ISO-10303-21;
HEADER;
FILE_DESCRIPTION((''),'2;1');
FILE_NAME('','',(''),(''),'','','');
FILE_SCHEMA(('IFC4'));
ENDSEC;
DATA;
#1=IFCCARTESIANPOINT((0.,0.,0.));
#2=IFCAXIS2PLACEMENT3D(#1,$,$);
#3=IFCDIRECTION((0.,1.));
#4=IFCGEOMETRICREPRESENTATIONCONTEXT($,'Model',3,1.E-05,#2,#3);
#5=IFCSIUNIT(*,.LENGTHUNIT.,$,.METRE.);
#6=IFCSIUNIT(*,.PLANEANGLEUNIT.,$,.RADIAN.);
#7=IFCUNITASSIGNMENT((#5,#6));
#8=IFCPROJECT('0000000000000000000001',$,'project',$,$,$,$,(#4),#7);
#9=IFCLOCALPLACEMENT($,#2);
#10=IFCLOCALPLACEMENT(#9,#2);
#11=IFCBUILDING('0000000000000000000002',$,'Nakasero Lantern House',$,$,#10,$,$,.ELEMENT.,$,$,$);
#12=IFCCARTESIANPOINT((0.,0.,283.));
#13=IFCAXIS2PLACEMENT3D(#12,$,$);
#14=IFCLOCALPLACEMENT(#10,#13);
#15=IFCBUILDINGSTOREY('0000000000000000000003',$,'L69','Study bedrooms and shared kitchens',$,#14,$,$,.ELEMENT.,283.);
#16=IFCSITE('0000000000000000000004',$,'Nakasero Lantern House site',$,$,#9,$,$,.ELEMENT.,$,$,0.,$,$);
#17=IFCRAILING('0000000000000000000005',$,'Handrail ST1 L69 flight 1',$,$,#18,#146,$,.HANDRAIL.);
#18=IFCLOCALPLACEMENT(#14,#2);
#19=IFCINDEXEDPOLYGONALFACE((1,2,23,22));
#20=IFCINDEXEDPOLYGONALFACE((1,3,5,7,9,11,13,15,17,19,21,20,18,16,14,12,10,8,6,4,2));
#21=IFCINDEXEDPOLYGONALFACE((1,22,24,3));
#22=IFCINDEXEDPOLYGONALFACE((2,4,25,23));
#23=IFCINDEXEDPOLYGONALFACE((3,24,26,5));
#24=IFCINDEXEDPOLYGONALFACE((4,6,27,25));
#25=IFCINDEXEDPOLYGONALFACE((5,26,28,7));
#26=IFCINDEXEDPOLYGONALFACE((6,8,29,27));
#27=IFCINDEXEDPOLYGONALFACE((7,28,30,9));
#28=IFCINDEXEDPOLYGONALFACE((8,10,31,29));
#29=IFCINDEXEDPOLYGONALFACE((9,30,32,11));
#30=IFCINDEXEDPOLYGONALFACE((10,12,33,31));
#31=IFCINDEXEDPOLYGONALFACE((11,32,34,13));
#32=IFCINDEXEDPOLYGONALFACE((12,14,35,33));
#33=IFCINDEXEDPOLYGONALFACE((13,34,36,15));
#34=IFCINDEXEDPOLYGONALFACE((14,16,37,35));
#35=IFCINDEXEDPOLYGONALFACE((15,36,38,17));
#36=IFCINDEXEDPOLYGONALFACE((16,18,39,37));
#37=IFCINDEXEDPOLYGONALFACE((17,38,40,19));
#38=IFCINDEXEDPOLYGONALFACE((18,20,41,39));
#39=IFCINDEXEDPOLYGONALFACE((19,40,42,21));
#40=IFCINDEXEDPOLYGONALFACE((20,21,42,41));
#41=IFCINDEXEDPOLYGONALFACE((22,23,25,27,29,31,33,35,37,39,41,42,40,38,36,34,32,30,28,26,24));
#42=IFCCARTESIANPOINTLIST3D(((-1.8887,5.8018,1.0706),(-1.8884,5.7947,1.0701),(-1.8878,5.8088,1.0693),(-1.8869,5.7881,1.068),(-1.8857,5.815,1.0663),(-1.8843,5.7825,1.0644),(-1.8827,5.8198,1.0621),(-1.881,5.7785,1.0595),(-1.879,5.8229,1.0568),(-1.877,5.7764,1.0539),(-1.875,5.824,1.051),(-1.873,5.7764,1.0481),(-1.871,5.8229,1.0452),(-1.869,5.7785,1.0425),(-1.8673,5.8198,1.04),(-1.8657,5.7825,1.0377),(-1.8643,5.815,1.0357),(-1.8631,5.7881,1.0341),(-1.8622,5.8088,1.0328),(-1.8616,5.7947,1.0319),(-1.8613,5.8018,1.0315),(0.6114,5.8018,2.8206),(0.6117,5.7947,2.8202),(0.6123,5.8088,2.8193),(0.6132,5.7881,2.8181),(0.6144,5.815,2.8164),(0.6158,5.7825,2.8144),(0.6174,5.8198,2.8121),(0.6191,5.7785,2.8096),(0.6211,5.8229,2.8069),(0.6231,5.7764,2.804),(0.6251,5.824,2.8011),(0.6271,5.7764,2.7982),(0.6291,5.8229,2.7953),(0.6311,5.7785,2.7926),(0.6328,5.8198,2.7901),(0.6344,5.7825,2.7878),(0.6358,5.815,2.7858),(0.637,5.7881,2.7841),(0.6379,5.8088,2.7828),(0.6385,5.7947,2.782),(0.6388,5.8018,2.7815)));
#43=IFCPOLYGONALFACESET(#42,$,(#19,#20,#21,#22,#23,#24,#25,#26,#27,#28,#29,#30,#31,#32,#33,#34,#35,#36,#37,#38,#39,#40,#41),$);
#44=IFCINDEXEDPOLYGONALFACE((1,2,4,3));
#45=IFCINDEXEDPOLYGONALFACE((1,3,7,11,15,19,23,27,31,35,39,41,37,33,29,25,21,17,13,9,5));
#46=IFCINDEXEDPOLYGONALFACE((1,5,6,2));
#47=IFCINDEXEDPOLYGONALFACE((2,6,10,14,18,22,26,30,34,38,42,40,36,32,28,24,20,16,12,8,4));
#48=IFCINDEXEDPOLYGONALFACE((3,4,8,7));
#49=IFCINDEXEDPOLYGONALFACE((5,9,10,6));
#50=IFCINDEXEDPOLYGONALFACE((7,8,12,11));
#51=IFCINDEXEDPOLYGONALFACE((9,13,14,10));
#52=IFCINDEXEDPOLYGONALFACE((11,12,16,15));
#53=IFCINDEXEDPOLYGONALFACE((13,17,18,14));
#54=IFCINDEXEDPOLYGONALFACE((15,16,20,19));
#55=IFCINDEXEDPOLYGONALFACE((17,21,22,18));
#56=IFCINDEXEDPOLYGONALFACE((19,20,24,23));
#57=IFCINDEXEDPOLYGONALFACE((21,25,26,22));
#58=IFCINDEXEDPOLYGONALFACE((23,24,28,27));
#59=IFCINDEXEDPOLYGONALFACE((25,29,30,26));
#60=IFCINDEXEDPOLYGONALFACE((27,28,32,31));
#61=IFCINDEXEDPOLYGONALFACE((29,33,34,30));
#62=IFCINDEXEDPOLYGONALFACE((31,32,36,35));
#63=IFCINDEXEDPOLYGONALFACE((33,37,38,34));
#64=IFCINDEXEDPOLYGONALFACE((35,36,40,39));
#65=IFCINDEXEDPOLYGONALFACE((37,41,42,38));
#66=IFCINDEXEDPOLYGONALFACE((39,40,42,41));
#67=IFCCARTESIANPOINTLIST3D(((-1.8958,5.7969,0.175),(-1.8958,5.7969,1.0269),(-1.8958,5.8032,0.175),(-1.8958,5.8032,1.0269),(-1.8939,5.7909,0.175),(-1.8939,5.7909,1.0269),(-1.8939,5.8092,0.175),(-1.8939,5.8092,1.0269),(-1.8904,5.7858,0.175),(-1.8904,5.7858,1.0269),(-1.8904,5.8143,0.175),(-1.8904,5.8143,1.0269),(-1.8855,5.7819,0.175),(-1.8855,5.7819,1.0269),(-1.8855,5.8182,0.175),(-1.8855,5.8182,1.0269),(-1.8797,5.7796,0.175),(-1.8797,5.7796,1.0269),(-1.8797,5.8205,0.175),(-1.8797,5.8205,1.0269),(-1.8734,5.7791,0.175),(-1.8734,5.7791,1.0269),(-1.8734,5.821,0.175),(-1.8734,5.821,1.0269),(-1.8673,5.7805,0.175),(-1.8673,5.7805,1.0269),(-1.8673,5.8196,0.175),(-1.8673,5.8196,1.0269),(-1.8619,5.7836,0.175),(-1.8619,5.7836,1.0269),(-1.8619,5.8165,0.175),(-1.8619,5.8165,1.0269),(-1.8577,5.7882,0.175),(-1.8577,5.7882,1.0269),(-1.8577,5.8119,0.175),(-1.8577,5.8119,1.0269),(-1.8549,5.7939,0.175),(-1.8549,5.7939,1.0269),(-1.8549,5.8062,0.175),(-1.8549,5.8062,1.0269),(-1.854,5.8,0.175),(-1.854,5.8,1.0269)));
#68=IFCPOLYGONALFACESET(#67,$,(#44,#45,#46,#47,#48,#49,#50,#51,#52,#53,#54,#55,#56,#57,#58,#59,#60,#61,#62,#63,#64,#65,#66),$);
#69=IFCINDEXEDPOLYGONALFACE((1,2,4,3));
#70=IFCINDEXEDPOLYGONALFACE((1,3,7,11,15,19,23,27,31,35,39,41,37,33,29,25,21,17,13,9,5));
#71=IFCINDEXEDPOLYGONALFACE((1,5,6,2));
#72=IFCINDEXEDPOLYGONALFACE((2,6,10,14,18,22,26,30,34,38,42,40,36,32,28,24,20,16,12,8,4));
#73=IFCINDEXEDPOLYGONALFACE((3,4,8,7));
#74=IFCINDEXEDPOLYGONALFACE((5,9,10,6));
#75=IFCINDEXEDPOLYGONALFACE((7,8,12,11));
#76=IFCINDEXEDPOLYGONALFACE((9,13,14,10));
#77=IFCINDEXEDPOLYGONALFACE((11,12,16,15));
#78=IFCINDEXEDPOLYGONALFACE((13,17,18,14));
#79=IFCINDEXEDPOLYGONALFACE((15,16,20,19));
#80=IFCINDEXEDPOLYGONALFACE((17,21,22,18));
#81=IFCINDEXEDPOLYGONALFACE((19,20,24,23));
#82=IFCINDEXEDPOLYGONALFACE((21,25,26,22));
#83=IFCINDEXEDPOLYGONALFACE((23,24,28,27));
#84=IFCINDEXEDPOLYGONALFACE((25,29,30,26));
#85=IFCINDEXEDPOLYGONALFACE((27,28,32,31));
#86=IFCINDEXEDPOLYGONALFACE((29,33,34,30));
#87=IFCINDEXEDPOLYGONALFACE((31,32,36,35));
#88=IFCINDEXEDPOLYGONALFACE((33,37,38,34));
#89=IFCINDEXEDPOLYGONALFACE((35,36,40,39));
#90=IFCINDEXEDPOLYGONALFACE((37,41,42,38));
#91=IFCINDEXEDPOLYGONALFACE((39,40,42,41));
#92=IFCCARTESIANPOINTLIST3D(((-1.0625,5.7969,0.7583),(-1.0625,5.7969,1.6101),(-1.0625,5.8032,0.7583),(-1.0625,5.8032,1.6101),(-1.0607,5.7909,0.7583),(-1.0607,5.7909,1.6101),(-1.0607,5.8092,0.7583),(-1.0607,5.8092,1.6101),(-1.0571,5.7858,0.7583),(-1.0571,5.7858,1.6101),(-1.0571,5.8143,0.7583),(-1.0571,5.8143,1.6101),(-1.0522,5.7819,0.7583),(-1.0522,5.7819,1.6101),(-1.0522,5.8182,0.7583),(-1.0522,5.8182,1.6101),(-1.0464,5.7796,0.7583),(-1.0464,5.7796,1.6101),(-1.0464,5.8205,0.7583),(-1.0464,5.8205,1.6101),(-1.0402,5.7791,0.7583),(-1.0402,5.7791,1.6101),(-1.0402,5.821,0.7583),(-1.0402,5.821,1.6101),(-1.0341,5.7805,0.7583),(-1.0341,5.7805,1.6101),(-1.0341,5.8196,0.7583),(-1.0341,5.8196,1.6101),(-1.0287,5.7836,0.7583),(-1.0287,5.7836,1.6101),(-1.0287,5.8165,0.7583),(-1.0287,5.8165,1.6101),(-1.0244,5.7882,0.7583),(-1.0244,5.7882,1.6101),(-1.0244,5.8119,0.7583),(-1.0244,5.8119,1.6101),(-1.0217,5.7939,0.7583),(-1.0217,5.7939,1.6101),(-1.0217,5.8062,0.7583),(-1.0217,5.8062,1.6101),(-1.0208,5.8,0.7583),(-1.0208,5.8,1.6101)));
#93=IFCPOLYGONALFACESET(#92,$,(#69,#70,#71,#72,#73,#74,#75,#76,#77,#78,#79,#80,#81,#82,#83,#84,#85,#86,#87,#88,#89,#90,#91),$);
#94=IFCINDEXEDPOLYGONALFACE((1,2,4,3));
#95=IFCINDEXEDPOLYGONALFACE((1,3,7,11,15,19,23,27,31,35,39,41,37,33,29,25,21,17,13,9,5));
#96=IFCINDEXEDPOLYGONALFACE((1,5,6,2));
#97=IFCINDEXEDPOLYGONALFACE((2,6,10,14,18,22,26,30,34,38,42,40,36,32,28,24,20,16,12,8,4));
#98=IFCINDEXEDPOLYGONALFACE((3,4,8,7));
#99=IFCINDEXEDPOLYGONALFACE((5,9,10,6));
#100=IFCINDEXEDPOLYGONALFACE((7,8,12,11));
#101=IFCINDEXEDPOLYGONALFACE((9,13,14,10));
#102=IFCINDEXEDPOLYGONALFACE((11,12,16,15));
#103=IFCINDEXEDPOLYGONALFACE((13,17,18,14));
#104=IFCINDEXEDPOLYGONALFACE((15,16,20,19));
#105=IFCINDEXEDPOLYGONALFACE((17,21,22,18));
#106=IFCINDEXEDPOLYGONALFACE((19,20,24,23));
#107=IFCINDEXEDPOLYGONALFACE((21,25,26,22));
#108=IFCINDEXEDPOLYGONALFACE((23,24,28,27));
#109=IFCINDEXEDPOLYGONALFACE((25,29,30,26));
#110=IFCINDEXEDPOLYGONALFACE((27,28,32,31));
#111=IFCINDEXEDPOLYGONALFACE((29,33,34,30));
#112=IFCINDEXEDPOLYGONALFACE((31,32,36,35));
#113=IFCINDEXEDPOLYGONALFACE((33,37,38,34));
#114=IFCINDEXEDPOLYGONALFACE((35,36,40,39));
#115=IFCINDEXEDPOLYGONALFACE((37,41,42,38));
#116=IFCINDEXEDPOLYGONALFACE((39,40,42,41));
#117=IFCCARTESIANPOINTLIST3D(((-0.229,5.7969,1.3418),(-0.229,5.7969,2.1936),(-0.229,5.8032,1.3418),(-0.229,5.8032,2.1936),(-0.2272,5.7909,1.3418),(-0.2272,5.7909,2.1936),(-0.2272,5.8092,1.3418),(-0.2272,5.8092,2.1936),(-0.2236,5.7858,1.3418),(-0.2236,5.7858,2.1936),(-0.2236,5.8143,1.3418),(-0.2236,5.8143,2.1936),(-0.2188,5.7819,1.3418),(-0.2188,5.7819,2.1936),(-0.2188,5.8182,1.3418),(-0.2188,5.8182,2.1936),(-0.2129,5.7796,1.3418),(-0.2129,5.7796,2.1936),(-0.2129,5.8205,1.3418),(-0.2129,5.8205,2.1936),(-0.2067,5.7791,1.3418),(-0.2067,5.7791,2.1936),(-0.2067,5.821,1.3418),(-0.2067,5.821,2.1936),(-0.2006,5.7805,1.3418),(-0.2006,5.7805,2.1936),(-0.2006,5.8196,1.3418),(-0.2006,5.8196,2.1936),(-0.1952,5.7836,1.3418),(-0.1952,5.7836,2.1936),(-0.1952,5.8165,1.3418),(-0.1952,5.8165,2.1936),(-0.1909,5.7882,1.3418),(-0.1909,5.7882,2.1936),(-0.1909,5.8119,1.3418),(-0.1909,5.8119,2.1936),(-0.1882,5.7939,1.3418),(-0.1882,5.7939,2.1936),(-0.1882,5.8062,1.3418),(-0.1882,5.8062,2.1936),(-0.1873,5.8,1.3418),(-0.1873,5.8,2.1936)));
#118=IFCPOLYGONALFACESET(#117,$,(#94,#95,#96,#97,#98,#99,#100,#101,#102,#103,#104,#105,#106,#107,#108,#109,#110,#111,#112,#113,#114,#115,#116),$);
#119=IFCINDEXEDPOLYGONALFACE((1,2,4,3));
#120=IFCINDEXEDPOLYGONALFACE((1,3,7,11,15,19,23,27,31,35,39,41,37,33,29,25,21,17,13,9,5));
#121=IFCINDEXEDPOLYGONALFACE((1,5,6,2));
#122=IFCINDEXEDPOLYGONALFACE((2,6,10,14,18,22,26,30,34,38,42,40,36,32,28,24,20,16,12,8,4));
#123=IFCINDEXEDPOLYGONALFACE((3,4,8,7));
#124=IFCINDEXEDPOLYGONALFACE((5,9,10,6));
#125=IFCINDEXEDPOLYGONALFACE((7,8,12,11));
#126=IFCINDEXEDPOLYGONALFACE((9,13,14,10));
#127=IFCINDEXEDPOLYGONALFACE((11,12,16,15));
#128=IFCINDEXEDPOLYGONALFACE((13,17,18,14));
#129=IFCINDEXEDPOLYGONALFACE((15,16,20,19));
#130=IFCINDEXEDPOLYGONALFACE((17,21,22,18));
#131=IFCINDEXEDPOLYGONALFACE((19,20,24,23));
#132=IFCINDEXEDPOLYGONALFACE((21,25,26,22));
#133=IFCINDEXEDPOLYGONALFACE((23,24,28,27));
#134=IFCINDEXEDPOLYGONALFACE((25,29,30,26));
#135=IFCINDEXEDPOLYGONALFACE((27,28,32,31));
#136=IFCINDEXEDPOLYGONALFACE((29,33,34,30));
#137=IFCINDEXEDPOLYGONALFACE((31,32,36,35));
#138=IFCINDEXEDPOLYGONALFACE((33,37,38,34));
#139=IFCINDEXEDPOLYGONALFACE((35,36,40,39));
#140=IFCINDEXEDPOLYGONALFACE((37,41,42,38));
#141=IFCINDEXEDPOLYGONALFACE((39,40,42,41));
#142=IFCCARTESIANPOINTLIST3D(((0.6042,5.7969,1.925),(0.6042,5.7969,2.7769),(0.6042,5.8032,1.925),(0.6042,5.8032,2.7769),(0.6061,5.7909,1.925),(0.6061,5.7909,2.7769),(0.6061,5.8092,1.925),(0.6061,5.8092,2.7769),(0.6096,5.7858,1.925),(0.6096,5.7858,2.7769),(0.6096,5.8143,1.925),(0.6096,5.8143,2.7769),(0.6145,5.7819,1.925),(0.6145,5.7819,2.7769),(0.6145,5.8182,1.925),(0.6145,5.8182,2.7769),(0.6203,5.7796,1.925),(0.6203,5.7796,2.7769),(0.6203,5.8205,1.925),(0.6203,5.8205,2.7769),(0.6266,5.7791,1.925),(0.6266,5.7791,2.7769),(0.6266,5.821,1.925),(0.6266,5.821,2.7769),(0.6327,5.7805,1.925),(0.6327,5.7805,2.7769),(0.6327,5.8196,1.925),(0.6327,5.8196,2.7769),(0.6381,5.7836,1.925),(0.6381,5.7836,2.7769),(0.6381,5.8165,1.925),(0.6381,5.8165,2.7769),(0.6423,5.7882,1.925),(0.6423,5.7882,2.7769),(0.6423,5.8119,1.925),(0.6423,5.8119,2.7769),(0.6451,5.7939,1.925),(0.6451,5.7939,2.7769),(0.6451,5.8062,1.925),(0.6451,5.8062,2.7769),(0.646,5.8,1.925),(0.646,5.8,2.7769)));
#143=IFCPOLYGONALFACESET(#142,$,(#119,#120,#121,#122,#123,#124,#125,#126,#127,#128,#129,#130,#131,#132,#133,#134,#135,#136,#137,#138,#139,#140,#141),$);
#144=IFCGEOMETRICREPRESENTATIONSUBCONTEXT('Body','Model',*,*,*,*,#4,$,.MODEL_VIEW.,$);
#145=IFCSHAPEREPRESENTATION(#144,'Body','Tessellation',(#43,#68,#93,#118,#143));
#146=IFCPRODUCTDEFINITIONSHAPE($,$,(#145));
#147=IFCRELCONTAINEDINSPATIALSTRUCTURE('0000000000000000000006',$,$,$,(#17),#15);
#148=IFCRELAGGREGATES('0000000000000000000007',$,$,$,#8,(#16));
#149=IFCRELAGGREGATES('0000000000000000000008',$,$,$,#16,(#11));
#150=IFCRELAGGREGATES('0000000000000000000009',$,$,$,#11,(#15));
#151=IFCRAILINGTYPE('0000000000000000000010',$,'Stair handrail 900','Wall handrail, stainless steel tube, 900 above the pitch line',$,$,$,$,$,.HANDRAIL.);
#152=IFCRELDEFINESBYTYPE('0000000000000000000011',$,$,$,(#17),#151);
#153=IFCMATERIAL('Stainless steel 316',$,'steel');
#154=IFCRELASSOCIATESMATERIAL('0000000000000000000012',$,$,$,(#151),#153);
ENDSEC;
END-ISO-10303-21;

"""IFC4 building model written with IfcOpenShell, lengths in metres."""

from ifc_helpers import new_model, si_unit, direction, frame, origin, origin_2d, place, context, subcontext, project, spatial, circle, extrude, material, type_object, element, save


model = new_model("IFC4")

# Units and contexts
model_context = context("Model", 3, precision=1e-05, world=origin(), true_north=direction((0.0, 1.0)))
body_context = subcontext(model_context, "Body", "Model", "MODEL_VIEW")
ifc_project = project(units=[si_unit("LENGTHUNIT", "METRE"), si_unit("PLANEANGLEUNIT", "RADIAN")], contexts=[model_context])

# Site, building, storey
site_placement = place(None, origin())
site = spatial("IfcSite", under=ifc_project, at=site_placement, Name="Nakasero Lantern House site", CompositionType="ELEMENT", RefElevation=0.0)
building_placement = place(site_placement, origin())
building = spatial("IfcBuilding", under=site, at=building_placement, Name="Nakasero Lantern House", CompositionType="ELEMENT")
storey_placement = place(building_placement, frame((0.0, 0.0, 283.0)))
storey = spatial("IfcBuildingStorey", under=building, at=storey_placement, Name="L69", Description="Study bedrooms and shared kitchens", CompositionType="ELEMENT", Elevation=283.0)

# Railing
ifc_material_1 = material(Name="Stainless steel 316", Category="steel")
railing_type = type_object("IfcRailingType", Name="Stair handrail 900", Description="Wall handrail, stainless steel tube, 900 above the pitch line", PredefinedType="HANDRAIL", material=ifc_material_1)
railing_placement = place(storey_placement, frame((-1.875, 5.8, 0.175)))
element("IfcRailing", 1, at=railing_placement, inside=storey, type_object=railing_type, Name="Handrail ST1 L69 flight 1", PredefinedType="HANDRAIL", context=body_context, shape_type="SweptSolid", body=[
    extrude(circle(Radius=0.0239, at=origin_2d()), frame((0.0, 0.0, 0.876), z_axis=(0.819232, 0.0, 0.573462), x_axis=(0.0, 1.0, 0.0)), (0.0, 0.0, 1.0), 3.0518),
    extrude(circle(Radius=0.021, at=origin_2d()), origin(), (0.0, 0.0, 1.0), 0.8518),
    extrude(circle(Radius=0.021, at=origin_2d()), frame((0.8333, 0.0, 0.5833)), (0.0, 0.0, 1.0), 0.8518),
    extrude(circle(Radius=0.021, at=origin_2d()), frame((1.6667, 0.0, 1.1667)), (0.0, 0.0, 1.0), 0.8518),
    extrude(circle(Radius=0.021, at=origin_2d()), frame((2.5, 0.0, 1.75)), (0.0, 0.0, 1.0), 0.8518),
])

save(model, "model.ifc")
